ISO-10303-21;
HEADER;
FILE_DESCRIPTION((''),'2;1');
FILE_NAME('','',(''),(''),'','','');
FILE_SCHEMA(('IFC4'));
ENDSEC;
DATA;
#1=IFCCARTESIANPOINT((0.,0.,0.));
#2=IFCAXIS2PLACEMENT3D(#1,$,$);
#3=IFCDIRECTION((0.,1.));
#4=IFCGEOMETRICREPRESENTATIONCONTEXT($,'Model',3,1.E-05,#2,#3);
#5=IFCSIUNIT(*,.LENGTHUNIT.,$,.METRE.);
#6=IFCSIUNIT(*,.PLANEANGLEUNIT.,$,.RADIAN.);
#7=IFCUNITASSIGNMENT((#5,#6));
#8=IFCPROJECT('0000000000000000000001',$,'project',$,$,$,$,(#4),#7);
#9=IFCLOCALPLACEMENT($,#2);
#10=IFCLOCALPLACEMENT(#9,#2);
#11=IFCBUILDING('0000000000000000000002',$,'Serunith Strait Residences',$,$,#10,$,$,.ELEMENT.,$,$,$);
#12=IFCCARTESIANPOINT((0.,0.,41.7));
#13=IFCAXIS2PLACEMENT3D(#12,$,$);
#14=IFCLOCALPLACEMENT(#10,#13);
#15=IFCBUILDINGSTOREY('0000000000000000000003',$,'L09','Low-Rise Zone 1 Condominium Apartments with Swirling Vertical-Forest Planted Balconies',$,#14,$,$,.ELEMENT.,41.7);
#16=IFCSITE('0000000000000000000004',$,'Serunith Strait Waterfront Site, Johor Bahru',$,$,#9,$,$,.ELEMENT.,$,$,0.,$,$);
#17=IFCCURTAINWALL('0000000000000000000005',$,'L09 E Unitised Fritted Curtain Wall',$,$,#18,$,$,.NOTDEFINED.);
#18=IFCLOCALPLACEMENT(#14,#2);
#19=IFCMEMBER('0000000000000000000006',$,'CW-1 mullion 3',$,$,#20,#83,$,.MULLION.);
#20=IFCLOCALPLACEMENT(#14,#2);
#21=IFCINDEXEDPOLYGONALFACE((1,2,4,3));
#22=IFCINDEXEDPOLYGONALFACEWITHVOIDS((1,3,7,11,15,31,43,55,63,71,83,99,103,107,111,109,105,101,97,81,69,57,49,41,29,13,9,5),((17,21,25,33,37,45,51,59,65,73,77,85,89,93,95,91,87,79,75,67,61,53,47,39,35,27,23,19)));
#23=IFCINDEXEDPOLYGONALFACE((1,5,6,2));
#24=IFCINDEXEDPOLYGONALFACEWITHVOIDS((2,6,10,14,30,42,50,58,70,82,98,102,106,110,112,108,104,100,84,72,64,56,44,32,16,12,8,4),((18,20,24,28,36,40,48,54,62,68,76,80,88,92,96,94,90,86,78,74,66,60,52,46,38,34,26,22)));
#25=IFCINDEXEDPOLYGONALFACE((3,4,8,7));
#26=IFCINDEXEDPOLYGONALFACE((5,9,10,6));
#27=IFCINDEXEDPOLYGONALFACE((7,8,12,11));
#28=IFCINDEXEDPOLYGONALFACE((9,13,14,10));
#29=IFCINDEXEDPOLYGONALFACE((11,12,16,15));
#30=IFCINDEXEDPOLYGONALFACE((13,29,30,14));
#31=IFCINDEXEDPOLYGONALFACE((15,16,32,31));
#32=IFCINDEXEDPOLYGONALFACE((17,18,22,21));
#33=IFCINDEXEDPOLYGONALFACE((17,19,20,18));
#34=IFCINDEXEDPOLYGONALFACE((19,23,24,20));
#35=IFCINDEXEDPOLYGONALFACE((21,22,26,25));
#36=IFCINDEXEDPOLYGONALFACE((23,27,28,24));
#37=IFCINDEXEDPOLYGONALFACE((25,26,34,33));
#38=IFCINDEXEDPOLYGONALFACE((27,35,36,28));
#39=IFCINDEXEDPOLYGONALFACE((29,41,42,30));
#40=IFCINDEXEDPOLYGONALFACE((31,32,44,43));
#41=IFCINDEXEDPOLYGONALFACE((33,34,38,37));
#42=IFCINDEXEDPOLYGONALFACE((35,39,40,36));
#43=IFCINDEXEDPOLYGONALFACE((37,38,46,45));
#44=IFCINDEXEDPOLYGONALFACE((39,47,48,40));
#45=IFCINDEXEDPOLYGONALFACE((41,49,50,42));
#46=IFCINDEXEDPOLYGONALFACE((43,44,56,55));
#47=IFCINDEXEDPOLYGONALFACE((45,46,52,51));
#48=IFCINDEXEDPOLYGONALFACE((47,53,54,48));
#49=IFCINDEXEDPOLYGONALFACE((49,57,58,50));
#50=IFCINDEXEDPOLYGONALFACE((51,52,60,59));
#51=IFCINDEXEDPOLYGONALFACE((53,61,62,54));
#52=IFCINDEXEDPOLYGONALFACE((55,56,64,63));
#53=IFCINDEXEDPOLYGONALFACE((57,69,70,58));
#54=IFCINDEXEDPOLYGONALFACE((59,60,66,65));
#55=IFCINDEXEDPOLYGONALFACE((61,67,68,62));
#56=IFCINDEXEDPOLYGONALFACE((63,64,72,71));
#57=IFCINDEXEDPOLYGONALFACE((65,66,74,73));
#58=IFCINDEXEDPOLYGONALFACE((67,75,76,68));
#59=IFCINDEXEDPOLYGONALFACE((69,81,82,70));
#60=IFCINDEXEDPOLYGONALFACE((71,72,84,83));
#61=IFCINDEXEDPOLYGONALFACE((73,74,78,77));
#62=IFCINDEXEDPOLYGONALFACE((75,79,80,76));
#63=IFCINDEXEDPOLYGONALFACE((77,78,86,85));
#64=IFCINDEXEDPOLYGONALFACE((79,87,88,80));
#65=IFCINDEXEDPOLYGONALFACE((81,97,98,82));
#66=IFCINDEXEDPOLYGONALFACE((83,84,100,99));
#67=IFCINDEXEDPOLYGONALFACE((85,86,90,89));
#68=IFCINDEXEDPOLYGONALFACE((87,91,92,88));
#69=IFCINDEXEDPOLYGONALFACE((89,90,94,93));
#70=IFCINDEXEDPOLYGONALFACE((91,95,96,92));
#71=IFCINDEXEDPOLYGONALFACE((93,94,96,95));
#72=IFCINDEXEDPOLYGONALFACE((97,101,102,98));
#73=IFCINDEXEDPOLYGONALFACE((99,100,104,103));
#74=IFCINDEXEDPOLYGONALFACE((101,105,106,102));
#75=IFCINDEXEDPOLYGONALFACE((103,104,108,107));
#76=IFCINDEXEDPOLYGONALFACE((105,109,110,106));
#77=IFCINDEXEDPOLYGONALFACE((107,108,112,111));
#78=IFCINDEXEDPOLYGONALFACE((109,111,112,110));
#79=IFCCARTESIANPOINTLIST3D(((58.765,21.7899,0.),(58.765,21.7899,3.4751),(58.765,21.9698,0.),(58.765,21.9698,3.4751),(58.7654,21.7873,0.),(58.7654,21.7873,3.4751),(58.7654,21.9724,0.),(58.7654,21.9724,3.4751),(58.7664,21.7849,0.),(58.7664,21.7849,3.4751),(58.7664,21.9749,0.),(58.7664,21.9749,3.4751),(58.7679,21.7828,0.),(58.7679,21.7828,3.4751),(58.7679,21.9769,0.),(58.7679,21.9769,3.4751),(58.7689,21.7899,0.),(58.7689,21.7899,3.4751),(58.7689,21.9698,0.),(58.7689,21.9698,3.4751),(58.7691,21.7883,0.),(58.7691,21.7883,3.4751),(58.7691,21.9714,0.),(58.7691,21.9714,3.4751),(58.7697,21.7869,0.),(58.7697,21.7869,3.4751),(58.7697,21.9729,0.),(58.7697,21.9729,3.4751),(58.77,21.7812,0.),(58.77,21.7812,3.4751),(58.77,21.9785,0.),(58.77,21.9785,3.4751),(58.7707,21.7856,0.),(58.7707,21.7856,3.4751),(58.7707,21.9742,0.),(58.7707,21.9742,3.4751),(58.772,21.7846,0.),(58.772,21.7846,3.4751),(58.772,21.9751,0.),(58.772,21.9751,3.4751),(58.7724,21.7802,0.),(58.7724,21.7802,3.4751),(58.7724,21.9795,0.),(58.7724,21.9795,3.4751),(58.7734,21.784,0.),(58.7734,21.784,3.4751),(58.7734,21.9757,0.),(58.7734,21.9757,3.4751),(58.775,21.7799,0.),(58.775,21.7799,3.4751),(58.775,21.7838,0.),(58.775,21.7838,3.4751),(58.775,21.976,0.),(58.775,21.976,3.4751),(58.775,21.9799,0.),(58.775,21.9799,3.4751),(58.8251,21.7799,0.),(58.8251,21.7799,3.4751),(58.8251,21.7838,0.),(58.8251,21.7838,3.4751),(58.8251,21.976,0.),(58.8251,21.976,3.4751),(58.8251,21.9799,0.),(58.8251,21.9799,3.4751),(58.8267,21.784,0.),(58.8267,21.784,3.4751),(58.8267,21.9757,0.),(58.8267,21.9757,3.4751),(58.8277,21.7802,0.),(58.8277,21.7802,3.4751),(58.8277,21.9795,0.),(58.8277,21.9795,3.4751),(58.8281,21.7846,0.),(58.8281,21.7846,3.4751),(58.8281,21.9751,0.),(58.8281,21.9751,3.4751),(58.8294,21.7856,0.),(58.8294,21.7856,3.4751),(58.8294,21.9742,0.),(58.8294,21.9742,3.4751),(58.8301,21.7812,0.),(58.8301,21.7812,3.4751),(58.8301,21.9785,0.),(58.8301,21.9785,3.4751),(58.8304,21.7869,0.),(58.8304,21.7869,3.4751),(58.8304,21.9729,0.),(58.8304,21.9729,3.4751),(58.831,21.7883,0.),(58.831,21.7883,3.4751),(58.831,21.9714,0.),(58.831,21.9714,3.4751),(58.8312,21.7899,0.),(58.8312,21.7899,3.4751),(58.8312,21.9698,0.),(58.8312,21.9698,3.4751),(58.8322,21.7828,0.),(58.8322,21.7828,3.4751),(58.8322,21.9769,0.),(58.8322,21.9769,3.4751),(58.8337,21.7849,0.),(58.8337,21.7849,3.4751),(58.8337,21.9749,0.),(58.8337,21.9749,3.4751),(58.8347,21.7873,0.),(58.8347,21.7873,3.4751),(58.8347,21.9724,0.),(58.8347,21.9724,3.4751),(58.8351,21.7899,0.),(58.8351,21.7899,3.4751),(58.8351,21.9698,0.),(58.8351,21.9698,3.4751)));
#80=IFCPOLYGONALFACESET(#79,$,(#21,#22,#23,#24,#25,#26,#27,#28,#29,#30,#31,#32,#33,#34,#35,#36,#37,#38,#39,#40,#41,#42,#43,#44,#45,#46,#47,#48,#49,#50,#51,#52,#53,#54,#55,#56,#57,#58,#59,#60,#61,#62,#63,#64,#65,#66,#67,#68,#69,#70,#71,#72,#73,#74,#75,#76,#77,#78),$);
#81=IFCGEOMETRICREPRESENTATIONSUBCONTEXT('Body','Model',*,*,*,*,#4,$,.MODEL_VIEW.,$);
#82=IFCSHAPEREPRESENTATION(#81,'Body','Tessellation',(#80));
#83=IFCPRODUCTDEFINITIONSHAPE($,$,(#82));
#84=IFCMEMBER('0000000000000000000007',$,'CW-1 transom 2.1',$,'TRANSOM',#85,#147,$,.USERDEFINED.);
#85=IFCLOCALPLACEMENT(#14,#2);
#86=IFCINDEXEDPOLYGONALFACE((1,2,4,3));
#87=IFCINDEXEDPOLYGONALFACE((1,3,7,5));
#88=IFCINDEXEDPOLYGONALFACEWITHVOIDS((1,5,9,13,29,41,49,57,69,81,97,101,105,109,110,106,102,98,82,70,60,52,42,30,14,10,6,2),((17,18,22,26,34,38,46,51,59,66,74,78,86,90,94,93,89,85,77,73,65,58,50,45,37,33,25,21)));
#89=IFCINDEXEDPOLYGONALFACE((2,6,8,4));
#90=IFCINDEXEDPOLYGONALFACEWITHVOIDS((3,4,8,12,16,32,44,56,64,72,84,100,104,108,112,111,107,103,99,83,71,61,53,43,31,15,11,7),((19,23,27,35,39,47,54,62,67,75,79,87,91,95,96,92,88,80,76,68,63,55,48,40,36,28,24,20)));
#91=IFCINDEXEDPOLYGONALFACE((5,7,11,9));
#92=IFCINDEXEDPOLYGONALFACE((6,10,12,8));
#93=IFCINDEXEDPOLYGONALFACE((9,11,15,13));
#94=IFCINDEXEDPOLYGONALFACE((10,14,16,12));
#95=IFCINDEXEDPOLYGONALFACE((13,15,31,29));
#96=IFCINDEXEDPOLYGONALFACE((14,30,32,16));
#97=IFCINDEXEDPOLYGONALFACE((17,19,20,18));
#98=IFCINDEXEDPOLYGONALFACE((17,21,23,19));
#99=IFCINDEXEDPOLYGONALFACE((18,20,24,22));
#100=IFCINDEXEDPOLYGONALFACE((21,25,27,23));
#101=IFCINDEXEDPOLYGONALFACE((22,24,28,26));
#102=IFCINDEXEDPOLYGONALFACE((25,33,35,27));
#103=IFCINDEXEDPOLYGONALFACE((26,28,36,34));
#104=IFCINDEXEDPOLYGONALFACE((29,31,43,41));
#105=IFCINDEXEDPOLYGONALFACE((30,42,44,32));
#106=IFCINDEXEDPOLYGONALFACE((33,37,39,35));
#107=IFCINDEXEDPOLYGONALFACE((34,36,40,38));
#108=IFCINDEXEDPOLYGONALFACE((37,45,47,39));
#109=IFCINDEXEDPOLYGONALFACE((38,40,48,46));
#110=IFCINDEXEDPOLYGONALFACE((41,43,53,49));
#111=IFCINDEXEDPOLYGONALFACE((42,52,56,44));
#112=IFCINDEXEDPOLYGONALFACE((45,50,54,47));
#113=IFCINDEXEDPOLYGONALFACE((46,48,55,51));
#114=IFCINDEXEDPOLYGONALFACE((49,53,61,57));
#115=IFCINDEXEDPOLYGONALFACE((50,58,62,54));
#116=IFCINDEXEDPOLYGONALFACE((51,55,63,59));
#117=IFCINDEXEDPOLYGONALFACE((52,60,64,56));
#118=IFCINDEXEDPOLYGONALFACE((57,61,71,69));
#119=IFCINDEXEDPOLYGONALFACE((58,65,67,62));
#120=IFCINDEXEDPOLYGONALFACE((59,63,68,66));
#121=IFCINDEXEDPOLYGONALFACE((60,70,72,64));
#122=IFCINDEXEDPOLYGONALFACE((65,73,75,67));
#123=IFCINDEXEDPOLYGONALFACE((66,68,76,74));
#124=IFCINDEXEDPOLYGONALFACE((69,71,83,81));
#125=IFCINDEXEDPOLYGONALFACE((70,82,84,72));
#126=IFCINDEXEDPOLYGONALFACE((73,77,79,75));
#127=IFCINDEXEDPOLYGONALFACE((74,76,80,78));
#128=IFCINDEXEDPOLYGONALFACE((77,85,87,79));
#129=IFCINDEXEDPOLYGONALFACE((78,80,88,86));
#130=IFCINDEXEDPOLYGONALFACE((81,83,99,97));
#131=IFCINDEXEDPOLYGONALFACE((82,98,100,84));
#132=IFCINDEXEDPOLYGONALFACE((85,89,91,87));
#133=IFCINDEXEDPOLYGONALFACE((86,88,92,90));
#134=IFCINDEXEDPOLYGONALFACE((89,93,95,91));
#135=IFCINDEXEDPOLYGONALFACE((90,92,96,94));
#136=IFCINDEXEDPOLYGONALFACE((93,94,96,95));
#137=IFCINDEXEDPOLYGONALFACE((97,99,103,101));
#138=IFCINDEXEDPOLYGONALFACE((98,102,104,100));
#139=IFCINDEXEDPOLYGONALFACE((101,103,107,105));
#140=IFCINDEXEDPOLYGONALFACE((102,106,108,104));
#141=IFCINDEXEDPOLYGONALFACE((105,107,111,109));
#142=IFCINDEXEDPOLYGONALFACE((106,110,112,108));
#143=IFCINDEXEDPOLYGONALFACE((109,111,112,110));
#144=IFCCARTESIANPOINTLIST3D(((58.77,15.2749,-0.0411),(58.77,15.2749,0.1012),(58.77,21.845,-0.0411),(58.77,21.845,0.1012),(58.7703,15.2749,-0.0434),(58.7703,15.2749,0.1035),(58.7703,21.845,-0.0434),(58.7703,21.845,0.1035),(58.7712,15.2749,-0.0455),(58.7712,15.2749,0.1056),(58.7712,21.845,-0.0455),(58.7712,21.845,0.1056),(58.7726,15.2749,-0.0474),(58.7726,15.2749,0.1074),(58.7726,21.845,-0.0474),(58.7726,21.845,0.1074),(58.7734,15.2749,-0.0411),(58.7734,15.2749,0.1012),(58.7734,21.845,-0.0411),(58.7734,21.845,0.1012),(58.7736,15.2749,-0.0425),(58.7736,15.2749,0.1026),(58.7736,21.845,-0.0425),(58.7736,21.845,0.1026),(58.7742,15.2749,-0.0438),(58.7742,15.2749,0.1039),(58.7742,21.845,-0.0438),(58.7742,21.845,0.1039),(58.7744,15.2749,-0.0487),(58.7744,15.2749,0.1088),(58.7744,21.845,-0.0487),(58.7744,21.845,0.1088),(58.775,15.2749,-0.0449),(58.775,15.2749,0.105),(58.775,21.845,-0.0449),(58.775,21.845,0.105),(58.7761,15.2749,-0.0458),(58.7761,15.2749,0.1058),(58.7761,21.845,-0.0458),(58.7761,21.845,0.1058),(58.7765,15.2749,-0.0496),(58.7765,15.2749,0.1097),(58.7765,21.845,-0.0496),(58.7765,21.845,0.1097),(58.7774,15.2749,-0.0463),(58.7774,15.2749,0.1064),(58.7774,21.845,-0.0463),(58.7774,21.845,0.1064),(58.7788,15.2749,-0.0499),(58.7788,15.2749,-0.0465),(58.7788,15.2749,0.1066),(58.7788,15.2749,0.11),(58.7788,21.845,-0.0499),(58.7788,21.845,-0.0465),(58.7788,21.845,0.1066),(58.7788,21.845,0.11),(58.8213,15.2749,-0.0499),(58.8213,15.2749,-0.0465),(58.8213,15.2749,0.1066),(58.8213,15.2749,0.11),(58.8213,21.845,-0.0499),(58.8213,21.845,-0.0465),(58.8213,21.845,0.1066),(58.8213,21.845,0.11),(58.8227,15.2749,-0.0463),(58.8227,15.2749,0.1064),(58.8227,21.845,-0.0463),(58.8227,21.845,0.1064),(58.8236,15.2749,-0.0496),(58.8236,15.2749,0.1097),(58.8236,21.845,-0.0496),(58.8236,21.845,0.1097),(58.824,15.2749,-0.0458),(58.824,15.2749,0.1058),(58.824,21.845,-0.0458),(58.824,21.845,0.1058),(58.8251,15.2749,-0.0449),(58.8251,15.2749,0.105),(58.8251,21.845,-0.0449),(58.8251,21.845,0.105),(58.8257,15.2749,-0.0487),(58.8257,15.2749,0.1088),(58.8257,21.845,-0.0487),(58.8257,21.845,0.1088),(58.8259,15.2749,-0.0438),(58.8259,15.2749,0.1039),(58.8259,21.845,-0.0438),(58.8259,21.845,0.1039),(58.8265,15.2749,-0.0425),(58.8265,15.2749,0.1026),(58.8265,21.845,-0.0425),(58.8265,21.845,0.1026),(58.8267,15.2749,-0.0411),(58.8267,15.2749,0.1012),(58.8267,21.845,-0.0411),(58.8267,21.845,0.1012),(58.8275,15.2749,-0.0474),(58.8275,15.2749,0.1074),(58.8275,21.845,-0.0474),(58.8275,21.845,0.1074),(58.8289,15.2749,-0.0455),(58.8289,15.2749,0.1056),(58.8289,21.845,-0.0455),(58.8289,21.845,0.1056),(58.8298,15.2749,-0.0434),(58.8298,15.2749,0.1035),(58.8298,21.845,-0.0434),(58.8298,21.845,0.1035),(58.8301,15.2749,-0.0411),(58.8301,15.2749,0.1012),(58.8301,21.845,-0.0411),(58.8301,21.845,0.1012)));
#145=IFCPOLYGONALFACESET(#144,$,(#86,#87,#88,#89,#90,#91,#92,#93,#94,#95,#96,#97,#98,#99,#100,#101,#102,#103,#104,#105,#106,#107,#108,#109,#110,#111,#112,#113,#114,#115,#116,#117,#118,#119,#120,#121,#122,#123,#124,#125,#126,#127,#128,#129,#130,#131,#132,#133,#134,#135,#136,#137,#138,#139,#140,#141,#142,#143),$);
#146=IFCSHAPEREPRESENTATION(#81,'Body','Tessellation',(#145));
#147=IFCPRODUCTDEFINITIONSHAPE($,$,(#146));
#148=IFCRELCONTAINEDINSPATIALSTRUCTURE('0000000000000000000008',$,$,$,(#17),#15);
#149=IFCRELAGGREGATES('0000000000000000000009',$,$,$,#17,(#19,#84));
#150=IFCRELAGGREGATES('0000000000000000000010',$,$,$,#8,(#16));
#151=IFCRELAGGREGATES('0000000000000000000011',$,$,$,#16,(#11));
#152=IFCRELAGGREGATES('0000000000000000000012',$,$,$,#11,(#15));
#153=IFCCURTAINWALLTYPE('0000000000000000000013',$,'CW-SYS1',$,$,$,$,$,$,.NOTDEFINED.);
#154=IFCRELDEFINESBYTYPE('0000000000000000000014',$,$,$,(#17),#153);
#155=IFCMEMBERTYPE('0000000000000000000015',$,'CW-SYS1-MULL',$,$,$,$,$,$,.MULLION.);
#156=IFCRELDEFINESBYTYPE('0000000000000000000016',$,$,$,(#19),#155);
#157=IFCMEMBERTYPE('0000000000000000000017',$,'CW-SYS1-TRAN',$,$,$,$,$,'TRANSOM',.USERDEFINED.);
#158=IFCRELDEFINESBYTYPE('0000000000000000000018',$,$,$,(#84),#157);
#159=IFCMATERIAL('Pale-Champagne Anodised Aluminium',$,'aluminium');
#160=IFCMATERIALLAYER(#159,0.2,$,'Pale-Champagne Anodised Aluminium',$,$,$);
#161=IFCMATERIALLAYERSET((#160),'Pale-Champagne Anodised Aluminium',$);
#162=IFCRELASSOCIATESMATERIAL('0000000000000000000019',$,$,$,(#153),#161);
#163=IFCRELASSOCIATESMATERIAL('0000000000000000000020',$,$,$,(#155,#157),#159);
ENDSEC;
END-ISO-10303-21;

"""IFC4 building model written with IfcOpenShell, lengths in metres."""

from ifc_helpers import new_model, si_unit, direction, frame, origin, origin_2d, place, context, subcontext, project, spatial, hollow_rectangle, extrude, source, transform, mapped, material, layer, layer_set, material_profile, profile_set, type_object, element, aggregate, save


model = new_model("IFC4")

# Units and contexts
model_context = context("Model", 3, precision=1e-05, world=origin(), true_north=direction((0.0, 1.0)))
body_context = subcontext(model_context, "Body", "Model", "MODEL_VIEW")
ifc_project = project(units=[si_unit("LENGTHUNIT", "METRE"), si_unit("PLANEANGLEUNIT", "RADIAN")], contexts=[model_context])

# Site, building, storey
site_placement = place(None, origin())
site = spatial("IfcSite", under=ifc_project, at=site_placement, Name="Serunith Strait Waterfront Site, Johor Bahru", CompositionType="ELEMENT", RefElevation=0.0)
building_placement = place(site_placement, origin())
building = spatial("IfcBuilding", under=site, at=building_placement, Name="Serunith Strait Residences", CompositionType="ELEMENT")
storey_placement = place(building_placement, frame((0.0, 0.0, 41.7)))
storey = spatial("IfcBuildingStorey", under=building, at=storey_placement, Name="L09", Description="Low-Rise Zone 1 Condominium Apartments with Swirling Vertical-Forest Planted Balconies", CompositionType="ELEMENT", Elevation=41.7)

# Curtain wall, members
ifc_material_1 = material(Name="Pale-Champagne Anodised Aluminium", Category="aluminium")
ifc_layer_1 = layer(ifc_material_1, 0.2, Name="Pale-Champagne Anodised Aluminium")
ifc_layer_set_1 = layer_set([ifc_layer_1], Name="Pale-Champagne Anodised Aluminium")
curtain_wall_type = type_object("IfcCurtainWallType", Name="CW-SYS1", PredefinedType="NOTDEFINED", material=ifc_layer_set_1)
curtain_wall_placement = place(storey_placement, origin())
curtain_wall = element("IfcCurtainWall", 1, at=curtain_wall_placement, inside=storey, type_object=curtain_wall_type, Name="L09 E Unitised Fritted Curtain Wall", PredefinedType="NOTDEFINED")
ifc_material_profile_1 = material_profile(ifc_material_1, hollow_rectangle(XDim=0.0701, YDim=0.2, WallThickness=0.0039, InnerFilletRadius=0.0061, OuterFilletRadius=0.01, at=origin_2d()), Name="ALU 200x70x4")
ifc_profile_set_1 = profile_set([ifc_material_profile_1], Name="Pale-Champagne Anodised Aluminium")
member_type_1 = type_object("IfcMemberType", Name="CW-SYS1-MULL", PredefinedType="MULLION", material=ifc_profile_set_1)
shared_shape_1 = source(origin(), body_context, "Body", "SweptSolid", [
    extrude(hollow_rectangle(XDim=0.0701, YDim=0.2, WallThickness=0.0039, InnerFilletRadius=0.0061, OuterFilletRadius=0.01, at=origin_2d()), origin(), (0.0, 0.0, 1.0), 3.4751),
])
member_1_placement = place(storey_placement, frame((58.8, 21.8799, 0.0), z_axis=(0.0, 0.0, 1.0), x_axis=(-1.0, 0.0, 0.0)))
member_1 = element("IfcMember", 2, at=member_1_placement, type_object=member_type_1, Name="CW-1 mullion 3", PredefinedType="MULLION", context=body_context, shape_type="MappedRepresentation", body=[
    mapped(shared_shape_1, transform((0.0, 0.0, 0.0), scale=1.0)),
])
ifc_material_profile_2 = material_profile(ifc_material_1, hollow_rectangle(XDim=0.0601, YDim=0.1599, WallThickness=0.0034, InnerFilletRadius=0.0054, OuterFilletRadius=0.0088, at=origin_2d()), Name="ALU 160x60x3.5")
ifc_profile_set_2 = profile_set([ifc_material_profile_2], Name="Pale-Champagne Anodised Aluminium")
member_type_2 = type_object("IfcMemberType", Name="CW-SYS1-TRAN", ElementType="TRANSOM", PredefinedType="USERDEFINED", material=ifc_profile_set_2)
shared_shape_2 = source(origin(), body_context, "Body", "SweptSolid", [
    extrude(hollow_rectangle(XDim=0.0601, YDim=0.1599, WallThickness=0.0034, InnerFilletRadius=0.0054, OuterFilletRadius=0.0088, at=origin_2d()), origin(), (0.0, 0.0, 1.0), 6.5701),
])
member_2_placement = place(storey_placement, frame((58.8, 15.2749, 0.03), z_axis=(0.0, 1.0, 0.0), x_axis=(-1.0, 0.0, 0.0)))
member_2 = element("IfcMember", 3, at=member_2_placement, type_object=member_type_2, Name="CW-1 transom 2.1", ObjectType="TRANSOM", PredefinedType="USERDEFINED", context=body_context, shape_type="MappedRepresentation", body=[
    mapped(shared_shape_2, transform((0.0, 0.0, 0.0), scale=1.0)),
])
aggregate(curtain_wall, [member_1, member_2])

save(model, "model.ifc")
